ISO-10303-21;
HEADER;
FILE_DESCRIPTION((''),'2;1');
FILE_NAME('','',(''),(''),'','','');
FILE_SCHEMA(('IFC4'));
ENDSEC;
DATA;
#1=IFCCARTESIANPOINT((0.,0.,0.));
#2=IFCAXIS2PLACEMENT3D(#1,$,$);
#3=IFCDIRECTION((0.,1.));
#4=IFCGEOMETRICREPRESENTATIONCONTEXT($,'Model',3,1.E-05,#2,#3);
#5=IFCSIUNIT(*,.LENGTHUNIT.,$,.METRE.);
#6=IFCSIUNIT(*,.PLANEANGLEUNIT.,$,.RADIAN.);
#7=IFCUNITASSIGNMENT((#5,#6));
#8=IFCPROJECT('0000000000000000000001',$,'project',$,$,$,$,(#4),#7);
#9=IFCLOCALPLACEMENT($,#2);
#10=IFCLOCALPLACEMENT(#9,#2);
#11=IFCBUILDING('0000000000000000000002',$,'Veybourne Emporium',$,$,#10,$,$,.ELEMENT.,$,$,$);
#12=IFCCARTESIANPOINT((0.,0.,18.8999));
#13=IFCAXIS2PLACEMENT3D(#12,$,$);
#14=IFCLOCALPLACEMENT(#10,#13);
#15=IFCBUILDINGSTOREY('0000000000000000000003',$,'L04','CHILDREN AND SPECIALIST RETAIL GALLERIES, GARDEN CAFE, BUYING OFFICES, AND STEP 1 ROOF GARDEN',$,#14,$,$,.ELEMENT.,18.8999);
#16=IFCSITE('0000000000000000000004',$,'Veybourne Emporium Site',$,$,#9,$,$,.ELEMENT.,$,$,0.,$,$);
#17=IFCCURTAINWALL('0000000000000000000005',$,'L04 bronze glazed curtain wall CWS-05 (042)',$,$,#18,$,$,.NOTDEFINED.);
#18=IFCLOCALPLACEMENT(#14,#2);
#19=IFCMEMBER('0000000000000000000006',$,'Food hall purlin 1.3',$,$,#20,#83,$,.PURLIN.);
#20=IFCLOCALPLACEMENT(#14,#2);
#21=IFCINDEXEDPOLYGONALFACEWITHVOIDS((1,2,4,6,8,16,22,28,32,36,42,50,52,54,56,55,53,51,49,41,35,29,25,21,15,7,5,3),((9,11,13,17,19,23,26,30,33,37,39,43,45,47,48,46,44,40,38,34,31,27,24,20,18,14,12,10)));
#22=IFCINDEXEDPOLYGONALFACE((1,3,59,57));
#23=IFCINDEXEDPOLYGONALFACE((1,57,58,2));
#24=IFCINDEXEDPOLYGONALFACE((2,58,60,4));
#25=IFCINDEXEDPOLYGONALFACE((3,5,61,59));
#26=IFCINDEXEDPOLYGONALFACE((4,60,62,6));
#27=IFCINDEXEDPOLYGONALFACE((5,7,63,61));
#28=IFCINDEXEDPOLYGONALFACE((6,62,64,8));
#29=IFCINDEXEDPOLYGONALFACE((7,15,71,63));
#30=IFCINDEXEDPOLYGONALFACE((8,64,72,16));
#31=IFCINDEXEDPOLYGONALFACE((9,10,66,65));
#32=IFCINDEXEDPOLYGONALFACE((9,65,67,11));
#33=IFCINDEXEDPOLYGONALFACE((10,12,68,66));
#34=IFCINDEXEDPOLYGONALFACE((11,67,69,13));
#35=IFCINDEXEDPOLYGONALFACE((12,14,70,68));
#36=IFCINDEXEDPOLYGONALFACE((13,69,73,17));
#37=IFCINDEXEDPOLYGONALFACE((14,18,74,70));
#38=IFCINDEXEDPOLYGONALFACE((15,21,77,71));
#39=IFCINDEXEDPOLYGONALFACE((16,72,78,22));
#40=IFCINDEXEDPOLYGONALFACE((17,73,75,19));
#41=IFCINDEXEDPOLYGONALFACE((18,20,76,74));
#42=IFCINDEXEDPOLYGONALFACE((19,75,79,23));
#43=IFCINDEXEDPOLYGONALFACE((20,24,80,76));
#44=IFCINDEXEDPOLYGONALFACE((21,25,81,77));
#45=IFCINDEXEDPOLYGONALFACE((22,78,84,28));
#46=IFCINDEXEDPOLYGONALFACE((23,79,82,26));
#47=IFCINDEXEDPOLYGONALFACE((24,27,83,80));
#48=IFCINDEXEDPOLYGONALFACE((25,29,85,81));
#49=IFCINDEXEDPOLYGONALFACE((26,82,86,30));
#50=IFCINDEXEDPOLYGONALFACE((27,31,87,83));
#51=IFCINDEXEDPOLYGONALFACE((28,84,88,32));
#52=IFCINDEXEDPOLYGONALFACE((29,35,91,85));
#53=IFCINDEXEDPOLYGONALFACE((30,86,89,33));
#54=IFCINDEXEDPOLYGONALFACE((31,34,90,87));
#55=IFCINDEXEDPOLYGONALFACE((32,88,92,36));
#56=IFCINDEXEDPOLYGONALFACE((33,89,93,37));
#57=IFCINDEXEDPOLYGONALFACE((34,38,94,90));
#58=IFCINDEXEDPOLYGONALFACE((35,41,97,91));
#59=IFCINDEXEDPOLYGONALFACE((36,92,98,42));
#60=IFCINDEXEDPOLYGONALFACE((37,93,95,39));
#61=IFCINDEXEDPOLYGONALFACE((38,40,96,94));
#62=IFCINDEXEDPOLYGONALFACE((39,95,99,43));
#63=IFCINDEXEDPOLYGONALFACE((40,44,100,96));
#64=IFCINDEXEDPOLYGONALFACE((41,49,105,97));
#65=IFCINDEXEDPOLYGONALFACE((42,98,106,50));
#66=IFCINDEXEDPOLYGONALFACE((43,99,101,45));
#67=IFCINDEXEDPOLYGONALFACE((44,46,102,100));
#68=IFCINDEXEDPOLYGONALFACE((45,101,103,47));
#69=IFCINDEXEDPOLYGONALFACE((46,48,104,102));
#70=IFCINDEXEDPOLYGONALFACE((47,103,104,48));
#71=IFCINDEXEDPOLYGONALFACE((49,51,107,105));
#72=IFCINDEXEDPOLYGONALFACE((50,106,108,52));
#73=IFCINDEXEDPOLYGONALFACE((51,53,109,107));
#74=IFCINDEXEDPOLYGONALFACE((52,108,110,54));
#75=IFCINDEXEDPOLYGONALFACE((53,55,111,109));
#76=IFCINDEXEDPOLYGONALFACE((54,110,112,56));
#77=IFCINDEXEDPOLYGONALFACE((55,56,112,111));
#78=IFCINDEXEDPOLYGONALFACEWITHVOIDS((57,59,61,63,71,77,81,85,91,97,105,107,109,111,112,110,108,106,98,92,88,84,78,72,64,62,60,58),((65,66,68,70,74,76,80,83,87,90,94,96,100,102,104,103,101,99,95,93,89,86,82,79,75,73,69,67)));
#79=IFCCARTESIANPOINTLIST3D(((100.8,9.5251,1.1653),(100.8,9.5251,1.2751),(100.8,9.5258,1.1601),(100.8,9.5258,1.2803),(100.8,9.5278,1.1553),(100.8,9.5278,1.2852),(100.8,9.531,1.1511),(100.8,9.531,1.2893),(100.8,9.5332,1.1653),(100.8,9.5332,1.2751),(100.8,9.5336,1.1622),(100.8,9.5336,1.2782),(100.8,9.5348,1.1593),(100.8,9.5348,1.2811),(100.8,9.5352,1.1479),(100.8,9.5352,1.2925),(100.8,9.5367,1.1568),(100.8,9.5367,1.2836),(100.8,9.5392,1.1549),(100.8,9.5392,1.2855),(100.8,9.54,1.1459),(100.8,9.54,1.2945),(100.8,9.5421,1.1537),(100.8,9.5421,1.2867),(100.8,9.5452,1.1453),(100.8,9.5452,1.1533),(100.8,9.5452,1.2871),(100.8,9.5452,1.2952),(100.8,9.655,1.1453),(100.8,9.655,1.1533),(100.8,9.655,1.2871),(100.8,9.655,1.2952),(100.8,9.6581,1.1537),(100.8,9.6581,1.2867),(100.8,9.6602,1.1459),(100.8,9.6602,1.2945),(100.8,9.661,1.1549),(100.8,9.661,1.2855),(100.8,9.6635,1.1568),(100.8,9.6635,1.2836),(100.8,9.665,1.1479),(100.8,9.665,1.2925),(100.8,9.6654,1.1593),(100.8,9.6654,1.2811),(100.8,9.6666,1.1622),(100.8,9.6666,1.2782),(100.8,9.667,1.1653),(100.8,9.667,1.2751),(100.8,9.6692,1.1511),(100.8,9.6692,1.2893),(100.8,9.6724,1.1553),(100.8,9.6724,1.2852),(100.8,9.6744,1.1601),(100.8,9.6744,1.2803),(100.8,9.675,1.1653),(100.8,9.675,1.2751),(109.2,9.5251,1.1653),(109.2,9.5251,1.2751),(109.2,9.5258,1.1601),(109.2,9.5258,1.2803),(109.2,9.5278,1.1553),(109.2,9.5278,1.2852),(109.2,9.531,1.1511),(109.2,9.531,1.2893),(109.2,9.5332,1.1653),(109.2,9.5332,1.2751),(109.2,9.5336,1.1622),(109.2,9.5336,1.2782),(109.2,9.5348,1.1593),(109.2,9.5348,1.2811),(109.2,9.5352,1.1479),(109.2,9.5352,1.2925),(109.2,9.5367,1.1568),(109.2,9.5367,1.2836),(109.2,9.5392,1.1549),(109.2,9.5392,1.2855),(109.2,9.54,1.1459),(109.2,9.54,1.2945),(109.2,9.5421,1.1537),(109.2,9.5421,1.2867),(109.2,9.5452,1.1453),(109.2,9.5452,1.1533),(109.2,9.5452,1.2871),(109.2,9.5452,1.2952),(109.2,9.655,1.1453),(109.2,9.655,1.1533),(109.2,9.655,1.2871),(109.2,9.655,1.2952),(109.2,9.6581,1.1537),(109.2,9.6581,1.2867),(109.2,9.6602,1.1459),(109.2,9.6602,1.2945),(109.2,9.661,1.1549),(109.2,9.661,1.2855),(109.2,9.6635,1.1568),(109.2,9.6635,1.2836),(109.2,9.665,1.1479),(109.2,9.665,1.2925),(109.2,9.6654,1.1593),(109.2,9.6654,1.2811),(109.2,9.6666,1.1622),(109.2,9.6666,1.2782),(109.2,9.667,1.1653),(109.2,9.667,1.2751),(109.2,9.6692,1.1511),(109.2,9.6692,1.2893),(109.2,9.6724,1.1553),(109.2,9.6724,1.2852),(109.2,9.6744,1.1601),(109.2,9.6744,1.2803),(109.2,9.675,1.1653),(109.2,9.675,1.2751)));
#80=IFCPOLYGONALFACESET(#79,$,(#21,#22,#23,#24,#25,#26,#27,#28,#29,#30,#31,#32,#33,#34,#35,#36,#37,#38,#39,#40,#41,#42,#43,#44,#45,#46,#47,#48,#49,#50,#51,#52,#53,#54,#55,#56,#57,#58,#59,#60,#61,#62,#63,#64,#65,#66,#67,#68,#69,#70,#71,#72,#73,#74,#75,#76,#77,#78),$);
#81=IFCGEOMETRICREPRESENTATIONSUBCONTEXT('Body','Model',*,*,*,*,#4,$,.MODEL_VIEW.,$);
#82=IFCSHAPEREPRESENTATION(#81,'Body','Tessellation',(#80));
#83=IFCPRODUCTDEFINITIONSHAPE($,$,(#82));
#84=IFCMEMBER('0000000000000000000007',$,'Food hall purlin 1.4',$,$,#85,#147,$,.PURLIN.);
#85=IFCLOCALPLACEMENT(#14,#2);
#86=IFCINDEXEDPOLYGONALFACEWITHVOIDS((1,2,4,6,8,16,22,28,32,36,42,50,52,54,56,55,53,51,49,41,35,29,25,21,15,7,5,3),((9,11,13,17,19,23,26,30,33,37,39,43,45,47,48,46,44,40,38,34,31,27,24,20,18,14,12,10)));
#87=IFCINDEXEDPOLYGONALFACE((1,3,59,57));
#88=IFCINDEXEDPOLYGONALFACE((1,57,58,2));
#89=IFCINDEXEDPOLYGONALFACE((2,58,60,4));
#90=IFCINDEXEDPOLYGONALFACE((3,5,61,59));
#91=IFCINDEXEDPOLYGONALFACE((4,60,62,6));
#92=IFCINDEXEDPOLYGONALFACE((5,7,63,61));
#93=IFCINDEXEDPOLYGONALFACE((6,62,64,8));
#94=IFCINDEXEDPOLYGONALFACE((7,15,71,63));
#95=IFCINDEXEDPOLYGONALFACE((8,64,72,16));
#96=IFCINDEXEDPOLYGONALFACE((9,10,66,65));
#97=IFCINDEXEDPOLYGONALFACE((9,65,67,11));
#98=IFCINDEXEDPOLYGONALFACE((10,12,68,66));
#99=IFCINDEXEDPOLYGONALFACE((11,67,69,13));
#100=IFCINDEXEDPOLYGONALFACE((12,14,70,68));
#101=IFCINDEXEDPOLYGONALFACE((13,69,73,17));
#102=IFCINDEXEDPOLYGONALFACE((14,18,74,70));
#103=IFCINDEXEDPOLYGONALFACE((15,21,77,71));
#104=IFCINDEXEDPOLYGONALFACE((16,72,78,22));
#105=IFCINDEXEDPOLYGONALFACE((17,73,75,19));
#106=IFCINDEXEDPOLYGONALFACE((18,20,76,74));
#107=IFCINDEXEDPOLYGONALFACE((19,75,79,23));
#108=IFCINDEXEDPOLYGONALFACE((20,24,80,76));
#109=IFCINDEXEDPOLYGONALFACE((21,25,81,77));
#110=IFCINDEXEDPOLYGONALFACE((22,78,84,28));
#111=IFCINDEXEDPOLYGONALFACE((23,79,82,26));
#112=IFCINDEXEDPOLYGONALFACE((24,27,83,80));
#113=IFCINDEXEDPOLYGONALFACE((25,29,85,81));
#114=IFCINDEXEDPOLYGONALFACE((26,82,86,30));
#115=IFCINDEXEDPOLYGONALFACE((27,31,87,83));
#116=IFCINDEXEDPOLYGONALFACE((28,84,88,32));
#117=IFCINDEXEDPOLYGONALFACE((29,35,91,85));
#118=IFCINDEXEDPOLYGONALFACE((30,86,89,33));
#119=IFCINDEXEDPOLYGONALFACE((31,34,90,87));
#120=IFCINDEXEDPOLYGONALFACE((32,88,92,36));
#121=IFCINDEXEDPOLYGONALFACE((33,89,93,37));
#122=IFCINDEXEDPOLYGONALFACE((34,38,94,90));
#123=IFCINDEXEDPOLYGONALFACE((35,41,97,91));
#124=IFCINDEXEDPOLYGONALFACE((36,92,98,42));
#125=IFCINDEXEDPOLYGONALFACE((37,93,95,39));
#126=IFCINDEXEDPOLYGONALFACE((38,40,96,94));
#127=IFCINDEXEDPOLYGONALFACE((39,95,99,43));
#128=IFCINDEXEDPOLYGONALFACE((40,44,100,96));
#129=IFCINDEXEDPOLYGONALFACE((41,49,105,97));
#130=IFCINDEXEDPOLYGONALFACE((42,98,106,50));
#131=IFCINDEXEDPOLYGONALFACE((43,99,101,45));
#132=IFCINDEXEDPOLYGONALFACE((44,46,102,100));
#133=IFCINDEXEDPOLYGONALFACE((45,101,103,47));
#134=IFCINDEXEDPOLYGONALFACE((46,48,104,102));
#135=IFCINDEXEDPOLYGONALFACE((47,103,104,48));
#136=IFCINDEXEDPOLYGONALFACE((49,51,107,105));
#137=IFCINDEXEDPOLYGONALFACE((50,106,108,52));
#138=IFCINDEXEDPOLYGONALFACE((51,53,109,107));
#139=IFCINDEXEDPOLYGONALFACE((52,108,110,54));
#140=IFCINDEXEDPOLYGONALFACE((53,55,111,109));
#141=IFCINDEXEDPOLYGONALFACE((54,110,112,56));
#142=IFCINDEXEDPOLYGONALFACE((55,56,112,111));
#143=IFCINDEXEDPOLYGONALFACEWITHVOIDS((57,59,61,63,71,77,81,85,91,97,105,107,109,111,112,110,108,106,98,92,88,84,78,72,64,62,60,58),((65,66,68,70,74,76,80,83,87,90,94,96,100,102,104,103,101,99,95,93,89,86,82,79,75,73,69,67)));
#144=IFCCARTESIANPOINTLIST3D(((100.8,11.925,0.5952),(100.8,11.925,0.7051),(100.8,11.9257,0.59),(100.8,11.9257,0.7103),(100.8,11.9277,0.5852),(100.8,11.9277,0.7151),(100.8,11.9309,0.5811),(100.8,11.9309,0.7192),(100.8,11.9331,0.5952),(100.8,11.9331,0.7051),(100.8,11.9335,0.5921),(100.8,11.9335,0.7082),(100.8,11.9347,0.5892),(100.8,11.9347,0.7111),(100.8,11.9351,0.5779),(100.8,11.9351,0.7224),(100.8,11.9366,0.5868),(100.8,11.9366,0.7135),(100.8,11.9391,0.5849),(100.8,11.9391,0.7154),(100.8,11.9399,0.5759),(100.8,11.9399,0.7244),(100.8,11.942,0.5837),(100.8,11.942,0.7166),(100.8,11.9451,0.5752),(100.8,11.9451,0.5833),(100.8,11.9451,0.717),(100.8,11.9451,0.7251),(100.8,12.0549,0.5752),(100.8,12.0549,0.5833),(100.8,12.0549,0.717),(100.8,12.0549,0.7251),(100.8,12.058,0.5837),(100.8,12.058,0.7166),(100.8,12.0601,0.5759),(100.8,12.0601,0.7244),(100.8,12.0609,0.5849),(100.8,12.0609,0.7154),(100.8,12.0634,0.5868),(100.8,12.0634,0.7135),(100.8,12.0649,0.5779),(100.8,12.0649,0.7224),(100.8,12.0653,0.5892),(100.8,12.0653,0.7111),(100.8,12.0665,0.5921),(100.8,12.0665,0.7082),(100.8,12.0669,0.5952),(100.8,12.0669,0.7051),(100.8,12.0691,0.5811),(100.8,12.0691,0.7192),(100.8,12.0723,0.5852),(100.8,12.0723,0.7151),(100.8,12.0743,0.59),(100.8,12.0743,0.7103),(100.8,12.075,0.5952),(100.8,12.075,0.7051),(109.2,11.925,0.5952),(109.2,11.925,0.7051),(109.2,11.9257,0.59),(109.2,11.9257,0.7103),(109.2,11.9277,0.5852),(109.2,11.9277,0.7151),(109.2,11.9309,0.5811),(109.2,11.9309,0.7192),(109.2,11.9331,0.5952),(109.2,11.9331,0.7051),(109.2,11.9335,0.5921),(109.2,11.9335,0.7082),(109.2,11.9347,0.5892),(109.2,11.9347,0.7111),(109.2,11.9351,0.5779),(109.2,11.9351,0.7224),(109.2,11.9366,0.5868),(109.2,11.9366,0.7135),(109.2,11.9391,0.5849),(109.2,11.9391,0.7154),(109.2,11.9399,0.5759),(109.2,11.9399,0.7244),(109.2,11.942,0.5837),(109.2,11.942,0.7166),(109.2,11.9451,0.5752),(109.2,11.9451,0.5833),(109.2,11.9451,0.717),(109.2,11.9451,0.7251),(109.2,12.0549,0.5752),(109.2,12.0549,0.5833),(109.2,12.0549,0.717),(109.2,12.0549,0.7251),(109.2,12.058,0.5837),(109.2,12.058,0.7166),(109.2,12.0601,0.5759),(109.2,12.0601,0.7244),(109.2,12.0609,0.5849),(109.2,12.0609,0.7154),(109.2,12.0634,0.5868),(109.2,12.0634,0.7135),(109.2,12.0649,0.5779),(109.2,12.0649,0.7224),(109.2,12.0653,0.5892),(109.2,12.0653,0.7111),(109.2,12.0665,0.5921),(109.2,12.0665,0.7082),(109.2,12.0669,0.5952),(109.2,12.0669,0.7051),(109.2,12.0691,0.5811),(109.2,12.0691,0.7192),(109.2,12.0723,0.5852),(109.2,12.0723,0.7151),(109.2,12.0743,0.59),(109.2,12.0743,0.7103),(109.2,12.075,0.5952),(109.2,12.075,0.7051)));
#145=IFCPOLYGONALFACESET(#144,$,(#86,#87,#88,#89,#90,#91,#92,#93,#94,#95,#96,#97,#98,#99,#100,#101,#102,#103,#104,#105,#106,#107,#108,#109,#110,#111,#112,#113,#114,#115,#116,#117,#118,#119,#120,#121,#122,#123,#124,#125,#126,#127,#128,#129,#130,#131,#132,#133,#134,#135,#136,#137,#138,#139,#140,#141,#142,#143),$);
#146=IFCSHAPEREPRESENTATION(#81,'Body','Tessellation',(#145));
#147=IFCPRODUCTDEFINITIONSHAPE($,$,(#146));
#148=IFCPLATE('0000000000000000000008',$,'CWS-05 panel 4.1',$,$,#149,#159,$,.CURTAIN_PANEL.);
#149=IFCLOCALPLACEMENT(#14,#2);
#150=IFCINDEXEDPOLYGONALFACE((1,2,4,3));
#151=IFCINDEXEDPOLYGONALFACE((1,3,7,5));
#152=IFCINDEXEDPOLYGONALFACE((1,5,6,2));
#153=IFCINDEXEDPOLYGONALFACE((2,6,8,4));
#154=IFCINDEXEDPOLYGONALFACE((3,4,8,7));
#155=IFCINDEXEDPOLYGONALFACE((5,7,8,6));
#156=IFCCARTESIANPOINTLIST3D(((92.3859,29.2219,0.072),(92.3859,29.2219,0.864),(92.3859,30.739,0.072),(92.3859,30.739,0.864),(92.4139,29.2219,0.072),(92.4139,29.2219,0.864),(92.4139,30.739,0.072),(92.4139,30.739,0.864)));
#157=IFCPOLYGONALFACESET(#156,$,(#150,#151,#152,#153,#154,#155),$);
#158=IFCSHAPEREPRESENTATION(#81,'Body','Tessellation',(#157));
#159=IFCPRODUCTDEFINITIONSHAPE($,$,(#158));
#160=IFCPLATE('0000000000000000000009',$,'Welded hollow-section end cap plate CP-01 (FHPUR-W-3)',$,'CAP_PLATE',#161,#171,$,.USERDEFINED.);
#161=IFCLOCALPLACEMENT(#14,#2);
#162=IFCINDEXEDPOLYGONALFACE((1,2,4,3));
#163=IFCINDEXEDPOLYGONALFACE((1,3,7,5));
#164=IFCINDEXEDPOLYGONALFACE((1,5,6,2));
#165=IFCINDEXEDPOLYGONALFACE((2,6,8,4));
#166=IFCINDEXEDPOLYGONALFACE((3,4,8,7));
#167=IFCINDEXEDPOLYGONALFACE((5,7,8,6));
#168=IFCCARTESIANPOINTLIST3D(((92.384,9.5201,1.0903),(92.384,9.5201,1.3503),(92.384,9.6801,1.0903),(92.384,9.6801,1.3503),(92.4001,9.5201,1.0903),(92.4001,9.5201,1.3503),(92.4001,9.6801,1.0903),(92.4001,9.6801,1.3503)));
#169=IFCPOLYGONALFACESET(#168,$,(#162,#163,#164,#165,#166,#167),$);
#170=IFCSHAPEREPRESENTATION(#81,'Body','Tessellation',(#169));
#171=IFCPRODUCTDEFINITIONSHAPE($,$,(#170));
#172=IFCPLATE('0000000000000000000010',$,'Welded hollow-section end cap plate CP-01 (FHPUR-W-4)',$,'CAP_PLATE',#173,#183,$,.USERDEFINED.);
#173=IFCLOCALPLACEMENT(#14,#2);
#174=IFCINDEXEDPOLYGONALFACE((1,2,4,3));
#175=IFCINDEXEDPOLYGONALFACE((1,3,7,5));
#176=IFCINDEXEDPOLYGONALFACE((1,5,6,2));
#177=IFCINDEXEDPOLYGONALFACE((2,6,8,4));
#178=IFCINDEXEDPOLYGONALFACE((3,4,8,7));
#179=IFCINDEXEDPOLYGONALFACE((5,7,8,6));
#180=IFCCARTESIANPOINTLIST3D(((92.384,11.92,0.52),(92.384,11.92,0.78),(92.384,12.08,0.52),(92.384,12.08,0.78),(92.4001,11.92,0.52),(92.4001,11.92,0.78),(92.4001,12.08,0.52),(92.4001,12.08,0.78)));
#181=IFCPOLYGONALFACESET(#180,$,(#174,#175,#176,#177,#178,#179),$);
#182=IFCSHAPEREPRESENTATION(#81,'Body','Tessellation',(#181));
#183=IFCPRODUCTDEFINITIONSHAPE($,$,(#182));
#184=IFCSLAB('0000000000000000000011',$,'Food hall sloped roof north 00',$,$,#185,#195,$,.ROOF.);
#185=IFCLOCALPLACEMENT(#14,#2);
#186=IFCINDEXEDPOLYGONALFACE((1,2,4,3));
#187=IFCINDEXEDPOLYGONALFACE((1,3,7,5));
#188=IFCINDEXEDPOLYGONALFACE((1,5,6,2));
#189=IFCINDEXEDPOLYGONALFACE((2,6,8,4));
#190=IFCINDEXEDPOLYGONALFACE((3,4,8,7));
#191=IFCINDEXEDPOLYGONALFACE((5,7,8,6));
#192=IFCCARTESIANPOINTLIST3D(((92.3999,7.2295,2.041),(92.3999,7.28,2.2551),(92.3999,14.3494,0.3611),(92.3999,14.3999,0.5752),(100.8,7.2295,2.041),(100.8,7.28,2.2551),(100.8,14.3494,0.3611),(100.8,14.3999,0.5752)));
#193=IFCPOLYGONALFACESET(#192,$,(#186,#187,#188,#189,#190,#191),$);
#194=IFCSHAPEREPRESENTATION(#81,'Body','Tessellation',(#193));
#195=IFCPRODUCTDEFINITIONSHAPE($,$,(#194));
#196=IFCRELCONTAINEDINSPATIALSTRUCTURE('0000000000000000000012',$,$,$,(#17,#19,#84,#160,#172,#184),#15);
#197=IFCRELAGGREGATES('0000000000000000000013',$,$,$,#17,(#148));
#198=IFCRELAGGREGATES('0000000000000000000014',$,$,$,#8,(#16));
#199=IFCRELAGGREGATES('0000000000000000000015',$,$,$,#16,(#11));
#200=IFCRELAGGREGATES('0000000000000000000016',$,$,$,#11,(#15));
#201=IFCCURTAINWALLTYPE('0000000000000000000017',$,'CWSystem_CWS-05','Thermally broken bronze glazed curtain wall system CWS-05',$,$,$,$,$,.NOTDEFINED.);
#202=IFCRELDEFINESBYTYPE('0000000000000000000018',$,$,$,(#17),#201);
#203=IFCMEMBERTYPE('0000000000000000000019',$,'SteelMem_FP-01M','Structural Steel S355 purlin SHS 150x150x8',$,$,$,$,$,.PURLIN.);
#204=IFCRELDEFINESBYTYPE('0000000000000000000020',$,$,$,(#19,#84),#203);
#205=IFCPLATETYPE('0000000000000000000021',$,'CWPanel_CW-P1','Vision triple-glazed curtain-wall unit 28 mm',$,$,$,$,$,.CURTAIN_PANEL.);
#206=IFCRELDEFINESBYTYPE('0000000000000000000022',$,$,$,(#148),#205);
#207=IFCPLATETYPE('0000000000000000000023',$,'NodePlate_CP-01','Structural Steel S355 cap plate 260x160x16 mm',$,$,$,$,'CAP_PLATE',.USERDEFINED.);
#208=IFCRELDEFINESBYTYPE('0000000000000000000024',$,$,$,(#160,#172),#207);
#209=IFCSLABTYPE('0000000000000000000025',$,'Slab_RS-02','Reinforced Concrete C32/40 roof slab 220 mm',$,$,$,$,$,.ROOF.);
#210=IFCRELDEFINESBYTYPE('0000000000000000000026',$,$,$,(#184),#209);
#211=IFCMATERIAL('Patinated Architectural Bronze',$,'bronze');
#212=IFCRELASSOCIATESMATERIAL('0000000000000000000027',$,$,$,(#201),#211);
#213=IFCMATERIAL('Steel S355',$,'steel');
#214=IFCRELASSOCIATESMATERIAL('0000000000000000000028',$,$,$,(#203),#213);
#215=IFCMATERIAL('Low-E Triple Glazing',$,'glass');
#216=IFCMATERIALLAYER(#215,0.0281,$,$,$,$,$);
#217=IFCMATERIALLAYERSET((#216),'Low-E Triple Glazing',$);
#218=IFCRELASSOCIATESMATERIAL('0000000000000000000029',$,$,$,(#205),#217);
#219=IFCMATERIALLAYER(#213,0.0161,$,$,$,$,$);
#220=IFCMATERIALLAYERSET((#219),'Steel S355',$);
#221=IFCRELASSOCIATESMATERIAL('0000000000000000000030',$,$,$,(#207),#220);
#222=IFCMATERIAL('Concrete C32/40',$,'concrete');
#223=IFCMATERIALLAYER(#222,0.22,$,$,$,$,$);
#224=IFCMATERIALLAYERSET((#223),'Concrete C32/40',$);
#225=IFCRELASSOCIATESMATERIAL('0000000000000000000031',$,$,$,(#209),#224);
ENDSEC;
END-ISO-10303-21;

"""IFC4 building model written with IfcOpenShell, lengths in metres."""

from ifc_helpers import new_model, si_unit, direction, frame, origin, origin_2d, place, context, subcontext, project, spatial, polyline, rectangle, hollow_rectangle, outline, extrude, material, layer, layer_set, material_profile, profile_set, type_object, element, aggregate, save


model = new_model("IFC4")

# Units and contexts
model_context = context("Model", 3, precision=1e-05, world=origin(), true_north=direction((0.0, 1.0)))
body_context = subcontext(model_context, "Body", "Model", "MODEL_VIEW")
ifc_project = project(units=[si_unit("LENGTHUNIT", "METRE"), si_unit("PLANEANGLEUNIT", "RADIAN")], contexts=[model_context])

# Site, building, storey
site_placement = place(None, origin())
site = spatial("IfcSite", under=ifc_project, at=site_placement, Name="Veybourne Emporium Site", CompositionType="ELEMENT", RefElevation=0.0)
building_placement = place(site_placement, origin())
building = spatial("IfcBuilding", under=site, at=building_placement, Name="Veybourne Emporium", CompositionType="ELEMENT")
storey_placement = place(building_placement, frame((0.0, 0.0, 18.8999)))
storey = spatial("IfcBuildingStorey", under=building, at=storey_placement, Name="L04", Description="CHILDREN AND SPECIALIST RETAIL GALLERIES, GARDEN CAFE, BUYING OFFICES, AND STEP 1 ROOF GARDEN", CompositionType="ELEMENT", Elevation=18.8999)

# Curtain wall
ifc_material_1 = material(Name="Patinated Architectural Bronze", Category="bronze")
curtain_wall_type = type_object("IfcCurtainWallType", Name="CWSystem_CWS-05", Description="Thermally broken bronze glazed curtain wall system CWS-05", PredefinedType="NOTDEFINED", material=ifc_material_1)
curtain_wall_placement = place(storey_placement, origin())
curtain_wall = element("IfcCurtainWall", 1, at=curtain_wall_placement, inside=storey, type_object=curtain_wall_type, Name="L04 bronze glazed curtain wall CWS-05 (042)", PredefinedType="NOTDEFINED")

# Shared definitions
ifc_material_2 = material(Name="Concrete C32/40", Category="concrete")
ifc_material_3 = material(Name="Steel S355", Category="steel")

# Members
ifc_material_profile_1 = material_profile(ifc_material_3, hollow_rectangle(XDim=0.1499, YDim=0.1499, WallThickness=0.0081, InnerFilletRadius=0.012, OuterFilletRadius=0.02, at=origin_2d()), Name="SHS 150x150x8")
ifc_profile_set_1 = profile_set([ifc_material_profile_1], Name="Steel S355")
member_type_1 = type_object("IfcMemberType", Name="SteelMem_FP-01M", Description="Structural Steel S355 purlin SHS 150x150x8", PredefinedType="PURLIN", material=ifc_profile_set_1)
for number, where, z_axis, x_axis, name in (
    (2, (100.8, 9.6001, 1.2202), (1.0, 0.0, 0.0), (0.0, 1.0, 0.0), "Food hall purlin 1.3"),
    (3, (100.8, 12.0, 0.6501), (1.0, 0.0, 0.0), (0.0, 1.0, 0.0), "Food hall purlin 1.4"),
):
    element("IfcMember", number, at=place(storey_placement, frame(where, z_axis=z_axis, x_axis=x_axis)), inside=storey, type_object=member_type_1, Name=name, PredefinedType="PURLIN", context=body_context, shape_type="SweptSolid", body=[
        extrude(hollow_rectangle(XDim=0.1499, YDim=0.1499, WallThickness=0.0081, InnerFilletRadius=0.012, OuterFilletRadius=0.02, at=origin_2d()), origin(), (0.0, 0.0, 1.0), 8.3999),
    ])

# Plate
ifc_material_4 = material(Name="Low-E Triple Glazing", Category="glass")
ifc_layer_1 = layer(ifc_material_4, 0.0281)
ifc_layer_set_1 = layer_set([ifc_layer_1], Name="Low-E Triple Glazing")
plate_type_1 = type_object("IfcPlateType", Name="CWPanel_CW-P1", Description="Vision triple-glazed curtain-wall unit 28 mm", PredefinedType="CURTAIN_PANEL", material=ifc_layer_set_1)
plate_placement = place(storey_placement, frame((92.3999, 29.9805, 0.072), z_axis=(0.0, 0.0, 1.0), x_axis=(0.0, -1.0, 0.0)))
plate = element("IfcPlate", 4, at=plate_placement, type_object=plate_type_1, Name="CWS-05 panel 4.1", PredefinedType="CURTAIN_PANEL", context=body_context, shape_type="SweptSolid", body=[
    extrude(rectangle(XDim=1.5171, YDim=0.0281, at=origin_2d()), origin(), (0.0, 0.0, 1.0), 0.792),
])
aggregate(curtain_wall, [plate])

# Plates
ifc_layer_2 = layer(ifc_material_3, 0.0161)
ifc_layer_set_2 = layer_set([ifc_layer_2], Name="Steel S355")
plate_type_2 = type_object("IfcPlateType", Name="NodePlate_CP-01", Description="Structural Steel S355 cap plate 260x160x16 mm", ElementType="CAP_PLATE", PredefinedType="USERDEFINED", material=ifc_layer_set_2)
for number, where, z_axis, x_axis, name in (
    (5, (92.3921, 9.6001, 1.0903), (0.0, 0.0, 1.0), (1.0, 0.0, 0.0), "Welded hollow-section end cap plate CP-01 (FHPUR-W-3)"),
    (6, (92.3921, 12.0, 0.52), (0.0, 0.0, 1.0), (1.0, 0.0, 0.0), "Welded hollow-section end cap plate CP-01 (FHPUR-W-4)"),
):
    element("IfcPlate", number, at=place(storey_placement, frame(where, z_axis=z_axis, x_axis=x_axis)), inside=storey, type_object=plate_type_2, Name=name, ObjectType="CAP_PLATE", PredefinedType="USERDEFINED", context=body_context, shape_type="SweptSolid", body=[
        extrude(rectangle(XDim=0.0161, YDim=0.1599, at=origin_2d()), origin(), (0.0, 0.0, 1.0), 0.26),
    ])

# Slab
ifc_layer_3 = layer(ifc_material_2, 0.22)
ifc_layer_set_3 = layer_set([ifc_layer_3], Name="Concrete C32/40")
slab_type = type_object("IfcSlabType", Name="Slab_RS-02", Description="Reinforced Concrete C32/40 roof slab 220 mm", PredefinedType="ROOF", material=ifc_layer_set_3)
slab_1_placement = place(storey_placement, frame((92.3999, 7.28, 2.2551), z_axis=(0.0, 0.229644, 0.973275), x_axis=(1.0, 0.0, 0.0)))
element("IfcSlab", 7, at=slab_1_placement, inside=storey, type_object=slab_type, Name="Food hall sloped roof north 00", PredefinedType="ROOF", context=body_context, shape_type="SweptSolid", body=[
    extrude(outline(polyline([(0.0, 0.0), (8.4001, 0.0), (8.4001, 7.3154), (0.0, 7.3154), (0.0, 0.0)])), origin(), (0.0, 0.0, -1.0), 0.22),
])

save(model, "model.ifc")
